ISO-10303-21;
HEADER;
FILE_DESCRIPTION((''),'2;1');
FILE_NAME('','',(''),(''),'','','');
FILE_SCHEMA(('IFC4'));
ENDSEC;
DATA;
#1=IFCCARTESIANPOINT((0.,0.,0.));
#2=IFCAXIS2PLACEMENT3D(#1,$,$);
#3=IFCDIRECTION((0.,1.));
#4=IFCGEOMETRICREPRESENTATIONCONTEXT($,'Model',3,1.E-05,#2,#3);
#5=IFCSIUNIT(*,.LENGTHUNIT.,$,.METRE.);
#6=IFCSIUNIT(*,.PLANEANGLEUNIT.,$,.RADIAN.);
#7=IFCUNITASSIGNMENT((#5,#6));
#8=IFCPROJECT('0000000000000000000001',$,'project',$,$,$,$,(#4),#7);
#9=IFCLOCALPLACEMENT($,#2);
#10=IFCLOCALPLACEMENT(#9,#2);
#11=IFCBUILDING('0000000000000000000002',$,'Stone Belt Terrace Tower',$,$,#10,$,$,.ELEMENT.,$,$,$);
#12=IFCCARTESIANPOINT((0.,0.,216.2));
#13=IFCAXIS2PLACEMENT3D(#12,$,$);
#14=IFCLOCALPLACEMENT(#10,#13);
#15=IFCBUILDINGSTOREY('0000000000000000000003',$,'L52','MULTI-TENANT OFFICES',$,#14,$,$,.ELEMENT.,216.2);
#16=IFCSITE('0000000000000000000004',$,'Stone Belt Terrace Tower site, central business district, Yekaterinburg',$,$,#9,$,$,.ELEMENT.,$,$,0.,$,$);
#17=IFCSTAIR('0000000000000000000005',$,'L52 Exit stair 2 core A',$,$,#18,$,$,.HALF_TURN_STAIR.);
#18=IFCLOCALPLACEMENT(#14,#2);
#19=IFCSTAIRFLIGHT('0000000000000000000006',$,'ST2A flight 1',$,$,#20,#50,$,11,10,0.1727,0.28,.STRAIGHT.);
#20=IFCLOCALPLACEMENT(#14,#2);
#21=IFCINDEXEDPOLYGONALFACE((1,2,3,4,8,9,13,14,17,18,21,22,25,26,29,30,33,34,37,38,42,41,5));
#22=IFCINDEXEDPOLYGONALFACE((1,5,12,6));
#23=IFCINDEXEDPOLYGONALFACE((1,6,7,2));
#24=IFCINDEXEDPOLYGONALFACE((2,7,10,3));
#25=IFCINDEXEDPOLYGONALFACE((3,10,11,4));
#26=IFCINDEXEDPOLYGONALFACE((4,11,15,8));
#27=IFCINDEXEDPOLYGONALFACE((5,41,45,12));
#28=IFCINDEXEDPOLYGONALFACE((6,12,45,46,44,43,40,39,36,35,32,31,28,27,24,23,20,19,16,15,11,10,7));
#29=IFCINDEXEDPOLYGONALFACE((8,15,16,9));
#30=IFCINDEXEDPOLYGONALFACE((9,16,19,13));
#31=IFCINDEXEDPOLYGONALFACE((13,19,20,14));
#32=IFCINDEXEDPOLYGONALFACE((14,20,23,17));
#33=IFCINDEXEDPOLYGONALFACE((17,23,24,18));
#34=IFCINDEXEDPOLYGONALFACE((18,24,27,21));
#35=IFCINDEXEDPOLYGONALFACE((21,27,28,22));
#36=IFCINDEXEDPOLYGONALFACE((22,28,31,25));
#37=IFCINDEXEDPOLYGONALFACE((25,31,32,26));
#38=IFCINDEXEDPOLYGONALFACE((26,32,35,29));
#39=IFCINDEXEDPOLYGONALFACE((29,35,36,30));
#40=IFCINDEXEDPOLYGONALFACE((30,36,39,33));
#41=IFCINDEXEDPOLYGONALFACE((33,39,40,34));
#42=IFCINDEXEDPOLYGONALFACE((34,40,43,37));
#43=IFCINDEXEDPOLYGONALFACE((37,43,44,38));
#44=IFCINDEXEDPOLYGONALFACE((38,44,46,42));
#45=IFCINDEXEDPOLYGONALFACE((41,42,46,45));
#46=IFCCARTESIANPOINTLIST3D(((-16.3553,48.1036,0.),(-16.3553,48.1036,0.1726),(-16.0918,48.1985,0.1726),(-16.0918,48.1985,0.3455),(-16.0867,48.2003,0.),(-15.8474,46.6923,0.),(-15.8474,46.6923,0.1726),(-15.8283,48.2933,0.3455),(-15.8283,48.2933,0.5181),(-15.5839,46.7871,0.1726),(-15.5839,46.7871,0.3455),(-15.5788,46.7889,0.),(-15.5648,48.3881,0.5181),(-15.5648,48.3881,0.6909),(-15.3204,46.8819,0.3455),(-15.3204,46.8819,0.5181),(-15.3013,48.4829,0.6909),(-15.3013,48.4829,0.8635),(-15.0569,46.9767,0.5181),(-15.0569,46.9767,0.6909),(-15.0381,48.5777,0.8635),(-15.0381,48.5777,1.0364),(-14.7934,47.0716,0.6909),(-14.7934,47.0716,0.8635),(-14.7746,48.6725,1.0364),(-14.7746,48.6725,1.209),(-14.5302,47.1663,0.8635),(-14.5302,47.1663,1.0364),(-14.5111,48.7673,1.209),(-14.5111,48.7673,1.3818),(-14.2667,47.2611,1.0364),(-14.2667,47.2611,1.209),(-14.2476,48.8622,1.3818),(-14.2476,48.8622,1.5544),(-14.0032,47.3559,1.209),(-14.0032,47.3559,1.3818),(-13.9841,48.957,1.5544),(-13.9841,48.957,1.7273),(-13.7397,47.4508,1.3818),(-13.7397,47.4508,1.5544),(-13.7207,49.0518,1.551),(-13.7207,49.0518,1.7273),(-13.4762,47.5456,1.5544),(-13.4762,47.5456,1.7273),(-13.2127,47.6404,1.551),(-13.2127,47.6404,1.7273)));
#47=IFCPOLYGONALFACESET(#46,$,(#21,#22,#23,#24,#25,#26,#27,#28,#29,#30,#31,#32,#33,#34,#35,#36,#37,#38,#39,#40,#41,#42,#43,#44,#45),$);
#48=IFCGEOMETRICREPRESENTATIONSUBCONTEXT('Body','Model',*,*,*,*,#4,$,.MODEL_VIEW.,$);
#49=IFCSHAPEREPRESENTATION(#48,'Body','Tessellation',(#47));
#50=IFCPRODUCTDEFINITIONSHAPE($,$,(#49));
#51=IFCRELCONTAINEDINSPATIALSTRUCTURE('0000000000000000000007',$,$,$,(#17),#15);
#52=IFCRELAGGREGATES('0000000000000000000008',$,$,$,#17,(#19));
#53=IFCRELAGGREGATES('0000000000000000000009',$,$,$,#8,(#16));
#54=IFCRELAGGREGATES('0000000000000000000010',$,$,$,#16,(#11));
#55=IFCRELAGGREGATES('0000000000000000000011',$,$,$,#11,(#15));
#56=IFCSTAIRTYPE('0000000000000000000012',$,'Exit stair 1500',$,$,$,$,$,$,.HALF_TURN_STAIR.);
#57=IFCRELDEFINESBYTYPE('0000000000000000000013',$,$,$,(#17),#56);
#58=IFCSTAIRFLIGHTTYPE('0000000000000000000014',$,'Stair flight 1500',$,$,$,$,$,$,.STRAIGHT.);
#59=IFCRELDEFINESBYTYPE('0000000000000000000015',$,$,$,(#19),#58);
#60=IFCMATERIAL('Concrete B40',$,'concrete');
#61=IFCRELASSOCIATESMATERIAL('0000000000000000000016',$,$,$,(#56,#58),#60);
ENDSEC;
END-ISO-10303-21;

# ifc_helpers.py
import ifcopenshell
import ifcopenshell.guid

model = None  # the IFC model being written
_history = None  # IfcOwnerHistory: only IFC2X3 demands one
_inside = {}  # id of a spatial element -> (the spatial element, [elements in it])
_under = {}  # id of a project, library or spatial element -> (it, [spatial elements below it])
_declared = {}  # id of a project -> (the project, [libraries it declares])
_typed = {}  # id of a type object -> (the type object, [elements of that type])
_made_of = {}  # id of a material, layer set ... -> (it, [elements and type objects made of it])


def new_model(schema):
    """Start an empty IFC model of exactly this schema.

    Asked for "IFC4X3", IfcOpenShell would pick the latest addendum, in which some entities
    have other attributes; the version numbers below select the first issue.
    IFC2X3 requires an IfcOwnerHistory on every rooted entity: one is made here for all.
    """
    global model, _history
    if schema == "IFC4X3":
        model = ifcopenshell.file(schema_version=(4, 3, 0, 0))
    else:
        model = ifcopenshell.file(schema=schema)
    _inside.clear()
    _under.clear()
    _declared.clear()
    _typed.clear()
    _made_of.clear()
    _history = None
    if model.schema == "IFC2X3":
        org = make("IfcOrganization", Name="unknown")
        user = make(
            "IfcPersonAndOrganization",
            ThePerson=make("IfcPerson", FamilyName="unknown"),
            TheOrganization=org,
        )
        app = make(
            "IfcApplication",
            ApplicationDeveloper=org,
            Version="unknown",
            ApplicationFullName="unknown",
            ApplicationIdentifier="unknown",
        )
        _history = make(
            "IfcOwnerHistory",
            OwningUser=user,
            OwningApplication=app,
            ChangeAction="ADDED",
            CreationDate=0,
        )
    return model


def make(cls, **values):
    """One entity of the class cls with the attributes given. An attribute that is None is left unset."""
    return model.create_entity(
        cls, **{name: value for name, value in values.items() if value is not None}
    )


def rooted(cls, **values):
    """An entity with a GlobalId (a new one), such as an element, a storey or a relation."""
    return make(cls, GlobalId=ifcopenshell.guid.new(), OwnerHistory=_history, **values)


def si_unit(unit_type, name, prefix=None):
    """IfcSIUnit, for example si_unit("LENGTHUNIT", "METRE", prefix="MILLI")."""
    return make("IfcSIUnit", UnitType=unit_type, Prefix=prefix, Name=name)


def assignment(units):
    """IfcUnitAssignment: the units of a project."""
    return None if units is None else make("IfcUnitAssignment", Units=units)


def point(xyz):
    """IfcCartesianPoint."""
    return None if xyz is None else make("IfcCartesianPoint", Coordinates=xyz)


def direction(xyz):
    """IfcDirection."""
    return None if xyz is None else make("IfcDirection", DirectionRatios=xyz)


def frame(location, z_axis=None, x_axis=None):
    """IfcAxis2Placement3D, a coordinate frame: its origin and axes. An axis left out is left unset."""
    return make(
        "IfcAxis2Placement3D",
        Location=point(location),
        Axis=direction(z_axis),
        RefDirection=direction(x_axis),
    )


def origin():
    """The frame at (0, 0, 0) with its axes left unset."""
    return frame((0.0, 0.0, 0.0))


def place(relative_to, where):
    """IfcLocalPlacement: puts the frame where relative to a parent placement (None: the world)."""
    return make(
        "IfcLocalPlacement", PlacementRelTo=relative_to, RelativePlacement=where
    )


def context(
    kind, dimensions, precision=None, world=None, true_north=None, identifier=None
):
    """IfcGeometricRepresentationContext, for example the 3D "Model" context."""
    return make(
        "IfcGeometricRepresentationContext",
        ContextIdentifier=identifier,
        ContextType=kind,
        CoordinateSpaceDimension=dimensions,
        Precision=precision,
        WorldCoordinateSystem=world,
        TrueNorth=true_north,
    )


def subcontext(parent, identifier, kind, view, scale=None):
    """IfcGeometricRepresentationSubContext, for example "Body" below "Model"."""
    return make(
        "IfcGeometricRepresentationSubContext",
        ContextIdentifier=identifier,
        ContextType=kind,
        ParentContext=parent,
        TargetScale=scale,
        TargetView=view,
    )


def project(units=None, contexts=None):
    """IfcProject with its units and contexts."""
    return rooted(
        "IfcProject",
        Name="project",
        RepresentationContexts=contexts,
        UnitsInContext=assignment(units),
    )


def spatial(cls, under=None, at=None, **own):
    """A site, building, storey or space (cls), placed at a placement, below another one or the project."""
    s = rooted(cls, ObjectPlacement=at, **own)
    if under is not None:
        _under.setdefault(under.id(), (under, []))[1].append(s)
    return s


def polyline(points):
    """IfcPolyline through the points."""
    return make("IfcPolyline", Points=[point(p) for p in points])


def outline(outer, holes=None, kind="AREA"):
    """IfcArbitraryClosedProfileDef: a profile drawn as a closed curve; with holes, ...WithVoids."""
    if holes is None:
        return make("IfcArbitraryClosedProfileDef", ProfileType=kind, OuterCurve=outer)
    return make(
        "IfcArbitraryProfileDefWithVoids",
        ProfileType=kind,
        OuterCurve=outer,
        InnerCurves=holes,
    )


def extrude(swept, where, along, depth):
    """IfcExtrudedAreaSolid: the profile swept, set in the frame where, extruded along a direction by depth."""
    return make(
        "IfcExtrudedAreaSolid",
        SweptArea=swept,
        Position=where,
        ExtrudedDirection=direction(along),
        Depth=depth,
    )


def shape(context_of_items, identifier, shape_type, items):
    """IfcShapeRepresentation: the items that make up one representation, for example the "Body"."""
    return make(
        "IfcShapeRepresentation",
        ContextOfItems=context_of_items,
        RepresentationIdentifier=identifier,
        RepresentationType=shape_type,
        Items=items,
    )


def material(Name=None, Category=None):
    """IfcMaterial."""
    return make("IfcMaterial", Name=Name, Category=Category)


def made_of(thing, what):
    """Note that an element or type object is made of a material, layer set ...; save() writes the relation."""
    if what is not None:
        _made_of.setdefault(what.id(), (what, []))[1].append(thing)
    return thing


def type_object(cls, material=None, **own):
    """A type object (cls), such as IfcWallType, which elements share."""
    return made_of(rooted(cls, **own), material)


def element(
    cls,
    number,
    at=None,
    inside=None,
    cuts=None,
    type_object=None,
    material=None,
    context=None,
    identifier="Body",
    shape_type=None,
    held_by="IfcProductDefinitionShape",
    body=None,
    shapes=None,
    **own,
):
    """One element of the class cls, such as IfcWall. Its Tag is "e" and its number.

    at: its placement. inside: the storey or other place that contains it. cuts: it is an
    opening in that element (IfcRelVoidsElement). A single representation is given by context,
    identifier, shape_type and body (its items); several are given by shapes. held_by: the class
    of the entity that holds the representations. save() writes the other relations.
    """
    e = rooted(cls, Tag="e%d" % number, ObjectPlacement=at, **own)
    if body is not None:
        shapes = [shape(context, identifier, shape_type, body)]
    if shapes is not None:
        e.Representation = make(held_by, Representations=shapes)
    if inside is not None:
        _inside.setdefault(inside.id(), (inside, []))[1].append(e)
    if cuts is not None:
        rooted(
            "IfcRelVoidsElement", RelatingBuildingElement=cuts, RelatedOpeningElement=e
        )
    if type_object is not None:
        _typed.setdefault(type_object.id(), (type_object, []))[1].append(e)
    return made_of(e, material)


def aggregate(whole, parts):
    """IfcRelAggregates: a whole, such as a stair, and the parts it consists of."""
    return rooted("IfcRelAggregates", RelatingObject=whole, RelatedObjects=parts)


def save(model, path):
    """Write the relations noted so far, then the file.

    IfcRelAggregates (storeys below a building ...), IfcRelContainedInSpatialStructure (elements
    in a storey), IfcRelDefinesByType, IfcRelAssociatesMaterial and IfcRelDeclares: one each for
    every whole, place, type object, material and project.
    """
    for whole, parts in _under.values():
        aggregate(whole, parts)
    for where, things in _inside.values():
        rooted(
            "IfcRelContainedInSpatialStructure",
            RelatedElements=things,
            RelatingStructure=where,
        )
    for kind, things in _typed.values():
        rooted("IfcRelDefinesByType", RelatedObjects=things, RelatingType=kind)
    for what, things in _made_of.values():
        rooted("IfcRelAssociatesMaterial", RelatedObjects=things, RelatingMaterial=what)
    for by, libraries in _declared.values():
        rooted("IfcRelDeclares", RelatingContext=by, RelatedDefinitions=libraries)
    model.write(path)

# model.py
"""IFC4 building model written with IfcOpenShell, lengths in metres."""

from ifc_helpers import new_model, si_unit, direction, frame, origin, place, context, subcontext, project, spatial, polyline, outline, extrude, material, type_object, element, aggregate, save


model = new_model("IFC4")

# Units and contexts
model_context = context("Model", 3, precision=1e-05, world=origin(), true_north=direction((0.0, 1.0)))
body_context = subcontext(model_context, "Body", "Model", "MODEL_VIEW")
ifc_project = project(units=[si_unit("LENGTHUNIT", "METRE"), si_unit("PLANEANGLEUNIT", "RADIAN")], contexts=[model_context])

# Site, building, storey
site_placement = place(None, origin())
site = spatial("IfcSite", under=ifc_project, at=site_placement, Name="Stone Belt Terrace Tower site, central business district, Yekaterinburg", CompositionType="ELEMENT", RefElevation=0.0)
building_placement = place(site_placement, origin())
building = spatial("IfcBuilding", under=site, at=building_placement, Name="Stone Belt Terrace Tower", CompositionType="ELEMENT")
storey_placement = place(building_placement, frame((0.0, 0.0, 216.2)))
storey = spatial("IfcBuildingStorey", under=building, at=storey_placement, Name="L52", Description="MULTI-TENANT OFFICES", CompositionType="ELEMENT", Elevation=216.2)

# Stair, stair flight
ifc_material_1 = material(Name="Concrete B40", Category="concrete")
stair_type = type_object("IfcStairType", Name="Exit stair 1500", PredefinedType="HALF_TURN_STAIR", material=ifc_material_1)
stair_flight_type = type_object("IfcStairFlightType", Name="Stair flight 1500", PredefinedType="STRAIGHT", material=ifc_material_1)
stair_1_placement = place(storey_placement, origin())
stair_1 = element("IfcStair", 1, at=stair_1_placement, inside=storey, type_object=stair_type, Name="L52 Exit stair 2 core A", PredefinedType="HALF_TURN_STAIR")
stair_flight_1_placement = place(storey_placement, frame((-16.1013, 47.3979, 0.0), z_axis=(0.0, 0.0, 1.0), x_axis=(0.940922, 0.338624, 0.0)))
stair_flight_1 = element("IfcStairFlight", 2, at=stair_flight_1_placement, type_object=stair_flight_type, Name="ST2A flight 1", NumberOfRisers=11, NumberOfTreads=10, PredefinedType="STRAIGHT", RiserHeight=0.1727, TreadLength=0.28, context=body_context, shape_type="SweptSolid", body=[
    extrude(outline(polyline([(0.0, 0.0), (0.0, 0.1726), (0.28, 0.1726), (0.28, 0.3455), (0.5601, 0.3455), (0.5601, 0.5181), (0.8401, 0.5181), (0.8401, 0.6909), (1.1201, 0.6909), (1.1201, 0.8635), (1.3999, 0.8635), (1.3999, 1.0364), (1.6799, 1.0364), (1.6799, 1.209), (1.96, 1.209), (1.96, 1.3818), (2.24, 1.3818), (2.24, 1.5544), (2.52, 1.5544), (2.52, 1.7273), (2.8, 1.7273), (2.8, 1.8999), (2.8, 1.551), (0.2854, 0.0), (0.0, 0.0)])), frame((0.0, 0.75, 0.0), z_axis=(0.0, -1.0, 0.0), x_axis=(1.0, 0.0, 0.0)), (0.0, 0.0, 1.0), 1.5),
])
aggregate(stair_1, [stair_flight_1])

save(model, "model.ifc")
